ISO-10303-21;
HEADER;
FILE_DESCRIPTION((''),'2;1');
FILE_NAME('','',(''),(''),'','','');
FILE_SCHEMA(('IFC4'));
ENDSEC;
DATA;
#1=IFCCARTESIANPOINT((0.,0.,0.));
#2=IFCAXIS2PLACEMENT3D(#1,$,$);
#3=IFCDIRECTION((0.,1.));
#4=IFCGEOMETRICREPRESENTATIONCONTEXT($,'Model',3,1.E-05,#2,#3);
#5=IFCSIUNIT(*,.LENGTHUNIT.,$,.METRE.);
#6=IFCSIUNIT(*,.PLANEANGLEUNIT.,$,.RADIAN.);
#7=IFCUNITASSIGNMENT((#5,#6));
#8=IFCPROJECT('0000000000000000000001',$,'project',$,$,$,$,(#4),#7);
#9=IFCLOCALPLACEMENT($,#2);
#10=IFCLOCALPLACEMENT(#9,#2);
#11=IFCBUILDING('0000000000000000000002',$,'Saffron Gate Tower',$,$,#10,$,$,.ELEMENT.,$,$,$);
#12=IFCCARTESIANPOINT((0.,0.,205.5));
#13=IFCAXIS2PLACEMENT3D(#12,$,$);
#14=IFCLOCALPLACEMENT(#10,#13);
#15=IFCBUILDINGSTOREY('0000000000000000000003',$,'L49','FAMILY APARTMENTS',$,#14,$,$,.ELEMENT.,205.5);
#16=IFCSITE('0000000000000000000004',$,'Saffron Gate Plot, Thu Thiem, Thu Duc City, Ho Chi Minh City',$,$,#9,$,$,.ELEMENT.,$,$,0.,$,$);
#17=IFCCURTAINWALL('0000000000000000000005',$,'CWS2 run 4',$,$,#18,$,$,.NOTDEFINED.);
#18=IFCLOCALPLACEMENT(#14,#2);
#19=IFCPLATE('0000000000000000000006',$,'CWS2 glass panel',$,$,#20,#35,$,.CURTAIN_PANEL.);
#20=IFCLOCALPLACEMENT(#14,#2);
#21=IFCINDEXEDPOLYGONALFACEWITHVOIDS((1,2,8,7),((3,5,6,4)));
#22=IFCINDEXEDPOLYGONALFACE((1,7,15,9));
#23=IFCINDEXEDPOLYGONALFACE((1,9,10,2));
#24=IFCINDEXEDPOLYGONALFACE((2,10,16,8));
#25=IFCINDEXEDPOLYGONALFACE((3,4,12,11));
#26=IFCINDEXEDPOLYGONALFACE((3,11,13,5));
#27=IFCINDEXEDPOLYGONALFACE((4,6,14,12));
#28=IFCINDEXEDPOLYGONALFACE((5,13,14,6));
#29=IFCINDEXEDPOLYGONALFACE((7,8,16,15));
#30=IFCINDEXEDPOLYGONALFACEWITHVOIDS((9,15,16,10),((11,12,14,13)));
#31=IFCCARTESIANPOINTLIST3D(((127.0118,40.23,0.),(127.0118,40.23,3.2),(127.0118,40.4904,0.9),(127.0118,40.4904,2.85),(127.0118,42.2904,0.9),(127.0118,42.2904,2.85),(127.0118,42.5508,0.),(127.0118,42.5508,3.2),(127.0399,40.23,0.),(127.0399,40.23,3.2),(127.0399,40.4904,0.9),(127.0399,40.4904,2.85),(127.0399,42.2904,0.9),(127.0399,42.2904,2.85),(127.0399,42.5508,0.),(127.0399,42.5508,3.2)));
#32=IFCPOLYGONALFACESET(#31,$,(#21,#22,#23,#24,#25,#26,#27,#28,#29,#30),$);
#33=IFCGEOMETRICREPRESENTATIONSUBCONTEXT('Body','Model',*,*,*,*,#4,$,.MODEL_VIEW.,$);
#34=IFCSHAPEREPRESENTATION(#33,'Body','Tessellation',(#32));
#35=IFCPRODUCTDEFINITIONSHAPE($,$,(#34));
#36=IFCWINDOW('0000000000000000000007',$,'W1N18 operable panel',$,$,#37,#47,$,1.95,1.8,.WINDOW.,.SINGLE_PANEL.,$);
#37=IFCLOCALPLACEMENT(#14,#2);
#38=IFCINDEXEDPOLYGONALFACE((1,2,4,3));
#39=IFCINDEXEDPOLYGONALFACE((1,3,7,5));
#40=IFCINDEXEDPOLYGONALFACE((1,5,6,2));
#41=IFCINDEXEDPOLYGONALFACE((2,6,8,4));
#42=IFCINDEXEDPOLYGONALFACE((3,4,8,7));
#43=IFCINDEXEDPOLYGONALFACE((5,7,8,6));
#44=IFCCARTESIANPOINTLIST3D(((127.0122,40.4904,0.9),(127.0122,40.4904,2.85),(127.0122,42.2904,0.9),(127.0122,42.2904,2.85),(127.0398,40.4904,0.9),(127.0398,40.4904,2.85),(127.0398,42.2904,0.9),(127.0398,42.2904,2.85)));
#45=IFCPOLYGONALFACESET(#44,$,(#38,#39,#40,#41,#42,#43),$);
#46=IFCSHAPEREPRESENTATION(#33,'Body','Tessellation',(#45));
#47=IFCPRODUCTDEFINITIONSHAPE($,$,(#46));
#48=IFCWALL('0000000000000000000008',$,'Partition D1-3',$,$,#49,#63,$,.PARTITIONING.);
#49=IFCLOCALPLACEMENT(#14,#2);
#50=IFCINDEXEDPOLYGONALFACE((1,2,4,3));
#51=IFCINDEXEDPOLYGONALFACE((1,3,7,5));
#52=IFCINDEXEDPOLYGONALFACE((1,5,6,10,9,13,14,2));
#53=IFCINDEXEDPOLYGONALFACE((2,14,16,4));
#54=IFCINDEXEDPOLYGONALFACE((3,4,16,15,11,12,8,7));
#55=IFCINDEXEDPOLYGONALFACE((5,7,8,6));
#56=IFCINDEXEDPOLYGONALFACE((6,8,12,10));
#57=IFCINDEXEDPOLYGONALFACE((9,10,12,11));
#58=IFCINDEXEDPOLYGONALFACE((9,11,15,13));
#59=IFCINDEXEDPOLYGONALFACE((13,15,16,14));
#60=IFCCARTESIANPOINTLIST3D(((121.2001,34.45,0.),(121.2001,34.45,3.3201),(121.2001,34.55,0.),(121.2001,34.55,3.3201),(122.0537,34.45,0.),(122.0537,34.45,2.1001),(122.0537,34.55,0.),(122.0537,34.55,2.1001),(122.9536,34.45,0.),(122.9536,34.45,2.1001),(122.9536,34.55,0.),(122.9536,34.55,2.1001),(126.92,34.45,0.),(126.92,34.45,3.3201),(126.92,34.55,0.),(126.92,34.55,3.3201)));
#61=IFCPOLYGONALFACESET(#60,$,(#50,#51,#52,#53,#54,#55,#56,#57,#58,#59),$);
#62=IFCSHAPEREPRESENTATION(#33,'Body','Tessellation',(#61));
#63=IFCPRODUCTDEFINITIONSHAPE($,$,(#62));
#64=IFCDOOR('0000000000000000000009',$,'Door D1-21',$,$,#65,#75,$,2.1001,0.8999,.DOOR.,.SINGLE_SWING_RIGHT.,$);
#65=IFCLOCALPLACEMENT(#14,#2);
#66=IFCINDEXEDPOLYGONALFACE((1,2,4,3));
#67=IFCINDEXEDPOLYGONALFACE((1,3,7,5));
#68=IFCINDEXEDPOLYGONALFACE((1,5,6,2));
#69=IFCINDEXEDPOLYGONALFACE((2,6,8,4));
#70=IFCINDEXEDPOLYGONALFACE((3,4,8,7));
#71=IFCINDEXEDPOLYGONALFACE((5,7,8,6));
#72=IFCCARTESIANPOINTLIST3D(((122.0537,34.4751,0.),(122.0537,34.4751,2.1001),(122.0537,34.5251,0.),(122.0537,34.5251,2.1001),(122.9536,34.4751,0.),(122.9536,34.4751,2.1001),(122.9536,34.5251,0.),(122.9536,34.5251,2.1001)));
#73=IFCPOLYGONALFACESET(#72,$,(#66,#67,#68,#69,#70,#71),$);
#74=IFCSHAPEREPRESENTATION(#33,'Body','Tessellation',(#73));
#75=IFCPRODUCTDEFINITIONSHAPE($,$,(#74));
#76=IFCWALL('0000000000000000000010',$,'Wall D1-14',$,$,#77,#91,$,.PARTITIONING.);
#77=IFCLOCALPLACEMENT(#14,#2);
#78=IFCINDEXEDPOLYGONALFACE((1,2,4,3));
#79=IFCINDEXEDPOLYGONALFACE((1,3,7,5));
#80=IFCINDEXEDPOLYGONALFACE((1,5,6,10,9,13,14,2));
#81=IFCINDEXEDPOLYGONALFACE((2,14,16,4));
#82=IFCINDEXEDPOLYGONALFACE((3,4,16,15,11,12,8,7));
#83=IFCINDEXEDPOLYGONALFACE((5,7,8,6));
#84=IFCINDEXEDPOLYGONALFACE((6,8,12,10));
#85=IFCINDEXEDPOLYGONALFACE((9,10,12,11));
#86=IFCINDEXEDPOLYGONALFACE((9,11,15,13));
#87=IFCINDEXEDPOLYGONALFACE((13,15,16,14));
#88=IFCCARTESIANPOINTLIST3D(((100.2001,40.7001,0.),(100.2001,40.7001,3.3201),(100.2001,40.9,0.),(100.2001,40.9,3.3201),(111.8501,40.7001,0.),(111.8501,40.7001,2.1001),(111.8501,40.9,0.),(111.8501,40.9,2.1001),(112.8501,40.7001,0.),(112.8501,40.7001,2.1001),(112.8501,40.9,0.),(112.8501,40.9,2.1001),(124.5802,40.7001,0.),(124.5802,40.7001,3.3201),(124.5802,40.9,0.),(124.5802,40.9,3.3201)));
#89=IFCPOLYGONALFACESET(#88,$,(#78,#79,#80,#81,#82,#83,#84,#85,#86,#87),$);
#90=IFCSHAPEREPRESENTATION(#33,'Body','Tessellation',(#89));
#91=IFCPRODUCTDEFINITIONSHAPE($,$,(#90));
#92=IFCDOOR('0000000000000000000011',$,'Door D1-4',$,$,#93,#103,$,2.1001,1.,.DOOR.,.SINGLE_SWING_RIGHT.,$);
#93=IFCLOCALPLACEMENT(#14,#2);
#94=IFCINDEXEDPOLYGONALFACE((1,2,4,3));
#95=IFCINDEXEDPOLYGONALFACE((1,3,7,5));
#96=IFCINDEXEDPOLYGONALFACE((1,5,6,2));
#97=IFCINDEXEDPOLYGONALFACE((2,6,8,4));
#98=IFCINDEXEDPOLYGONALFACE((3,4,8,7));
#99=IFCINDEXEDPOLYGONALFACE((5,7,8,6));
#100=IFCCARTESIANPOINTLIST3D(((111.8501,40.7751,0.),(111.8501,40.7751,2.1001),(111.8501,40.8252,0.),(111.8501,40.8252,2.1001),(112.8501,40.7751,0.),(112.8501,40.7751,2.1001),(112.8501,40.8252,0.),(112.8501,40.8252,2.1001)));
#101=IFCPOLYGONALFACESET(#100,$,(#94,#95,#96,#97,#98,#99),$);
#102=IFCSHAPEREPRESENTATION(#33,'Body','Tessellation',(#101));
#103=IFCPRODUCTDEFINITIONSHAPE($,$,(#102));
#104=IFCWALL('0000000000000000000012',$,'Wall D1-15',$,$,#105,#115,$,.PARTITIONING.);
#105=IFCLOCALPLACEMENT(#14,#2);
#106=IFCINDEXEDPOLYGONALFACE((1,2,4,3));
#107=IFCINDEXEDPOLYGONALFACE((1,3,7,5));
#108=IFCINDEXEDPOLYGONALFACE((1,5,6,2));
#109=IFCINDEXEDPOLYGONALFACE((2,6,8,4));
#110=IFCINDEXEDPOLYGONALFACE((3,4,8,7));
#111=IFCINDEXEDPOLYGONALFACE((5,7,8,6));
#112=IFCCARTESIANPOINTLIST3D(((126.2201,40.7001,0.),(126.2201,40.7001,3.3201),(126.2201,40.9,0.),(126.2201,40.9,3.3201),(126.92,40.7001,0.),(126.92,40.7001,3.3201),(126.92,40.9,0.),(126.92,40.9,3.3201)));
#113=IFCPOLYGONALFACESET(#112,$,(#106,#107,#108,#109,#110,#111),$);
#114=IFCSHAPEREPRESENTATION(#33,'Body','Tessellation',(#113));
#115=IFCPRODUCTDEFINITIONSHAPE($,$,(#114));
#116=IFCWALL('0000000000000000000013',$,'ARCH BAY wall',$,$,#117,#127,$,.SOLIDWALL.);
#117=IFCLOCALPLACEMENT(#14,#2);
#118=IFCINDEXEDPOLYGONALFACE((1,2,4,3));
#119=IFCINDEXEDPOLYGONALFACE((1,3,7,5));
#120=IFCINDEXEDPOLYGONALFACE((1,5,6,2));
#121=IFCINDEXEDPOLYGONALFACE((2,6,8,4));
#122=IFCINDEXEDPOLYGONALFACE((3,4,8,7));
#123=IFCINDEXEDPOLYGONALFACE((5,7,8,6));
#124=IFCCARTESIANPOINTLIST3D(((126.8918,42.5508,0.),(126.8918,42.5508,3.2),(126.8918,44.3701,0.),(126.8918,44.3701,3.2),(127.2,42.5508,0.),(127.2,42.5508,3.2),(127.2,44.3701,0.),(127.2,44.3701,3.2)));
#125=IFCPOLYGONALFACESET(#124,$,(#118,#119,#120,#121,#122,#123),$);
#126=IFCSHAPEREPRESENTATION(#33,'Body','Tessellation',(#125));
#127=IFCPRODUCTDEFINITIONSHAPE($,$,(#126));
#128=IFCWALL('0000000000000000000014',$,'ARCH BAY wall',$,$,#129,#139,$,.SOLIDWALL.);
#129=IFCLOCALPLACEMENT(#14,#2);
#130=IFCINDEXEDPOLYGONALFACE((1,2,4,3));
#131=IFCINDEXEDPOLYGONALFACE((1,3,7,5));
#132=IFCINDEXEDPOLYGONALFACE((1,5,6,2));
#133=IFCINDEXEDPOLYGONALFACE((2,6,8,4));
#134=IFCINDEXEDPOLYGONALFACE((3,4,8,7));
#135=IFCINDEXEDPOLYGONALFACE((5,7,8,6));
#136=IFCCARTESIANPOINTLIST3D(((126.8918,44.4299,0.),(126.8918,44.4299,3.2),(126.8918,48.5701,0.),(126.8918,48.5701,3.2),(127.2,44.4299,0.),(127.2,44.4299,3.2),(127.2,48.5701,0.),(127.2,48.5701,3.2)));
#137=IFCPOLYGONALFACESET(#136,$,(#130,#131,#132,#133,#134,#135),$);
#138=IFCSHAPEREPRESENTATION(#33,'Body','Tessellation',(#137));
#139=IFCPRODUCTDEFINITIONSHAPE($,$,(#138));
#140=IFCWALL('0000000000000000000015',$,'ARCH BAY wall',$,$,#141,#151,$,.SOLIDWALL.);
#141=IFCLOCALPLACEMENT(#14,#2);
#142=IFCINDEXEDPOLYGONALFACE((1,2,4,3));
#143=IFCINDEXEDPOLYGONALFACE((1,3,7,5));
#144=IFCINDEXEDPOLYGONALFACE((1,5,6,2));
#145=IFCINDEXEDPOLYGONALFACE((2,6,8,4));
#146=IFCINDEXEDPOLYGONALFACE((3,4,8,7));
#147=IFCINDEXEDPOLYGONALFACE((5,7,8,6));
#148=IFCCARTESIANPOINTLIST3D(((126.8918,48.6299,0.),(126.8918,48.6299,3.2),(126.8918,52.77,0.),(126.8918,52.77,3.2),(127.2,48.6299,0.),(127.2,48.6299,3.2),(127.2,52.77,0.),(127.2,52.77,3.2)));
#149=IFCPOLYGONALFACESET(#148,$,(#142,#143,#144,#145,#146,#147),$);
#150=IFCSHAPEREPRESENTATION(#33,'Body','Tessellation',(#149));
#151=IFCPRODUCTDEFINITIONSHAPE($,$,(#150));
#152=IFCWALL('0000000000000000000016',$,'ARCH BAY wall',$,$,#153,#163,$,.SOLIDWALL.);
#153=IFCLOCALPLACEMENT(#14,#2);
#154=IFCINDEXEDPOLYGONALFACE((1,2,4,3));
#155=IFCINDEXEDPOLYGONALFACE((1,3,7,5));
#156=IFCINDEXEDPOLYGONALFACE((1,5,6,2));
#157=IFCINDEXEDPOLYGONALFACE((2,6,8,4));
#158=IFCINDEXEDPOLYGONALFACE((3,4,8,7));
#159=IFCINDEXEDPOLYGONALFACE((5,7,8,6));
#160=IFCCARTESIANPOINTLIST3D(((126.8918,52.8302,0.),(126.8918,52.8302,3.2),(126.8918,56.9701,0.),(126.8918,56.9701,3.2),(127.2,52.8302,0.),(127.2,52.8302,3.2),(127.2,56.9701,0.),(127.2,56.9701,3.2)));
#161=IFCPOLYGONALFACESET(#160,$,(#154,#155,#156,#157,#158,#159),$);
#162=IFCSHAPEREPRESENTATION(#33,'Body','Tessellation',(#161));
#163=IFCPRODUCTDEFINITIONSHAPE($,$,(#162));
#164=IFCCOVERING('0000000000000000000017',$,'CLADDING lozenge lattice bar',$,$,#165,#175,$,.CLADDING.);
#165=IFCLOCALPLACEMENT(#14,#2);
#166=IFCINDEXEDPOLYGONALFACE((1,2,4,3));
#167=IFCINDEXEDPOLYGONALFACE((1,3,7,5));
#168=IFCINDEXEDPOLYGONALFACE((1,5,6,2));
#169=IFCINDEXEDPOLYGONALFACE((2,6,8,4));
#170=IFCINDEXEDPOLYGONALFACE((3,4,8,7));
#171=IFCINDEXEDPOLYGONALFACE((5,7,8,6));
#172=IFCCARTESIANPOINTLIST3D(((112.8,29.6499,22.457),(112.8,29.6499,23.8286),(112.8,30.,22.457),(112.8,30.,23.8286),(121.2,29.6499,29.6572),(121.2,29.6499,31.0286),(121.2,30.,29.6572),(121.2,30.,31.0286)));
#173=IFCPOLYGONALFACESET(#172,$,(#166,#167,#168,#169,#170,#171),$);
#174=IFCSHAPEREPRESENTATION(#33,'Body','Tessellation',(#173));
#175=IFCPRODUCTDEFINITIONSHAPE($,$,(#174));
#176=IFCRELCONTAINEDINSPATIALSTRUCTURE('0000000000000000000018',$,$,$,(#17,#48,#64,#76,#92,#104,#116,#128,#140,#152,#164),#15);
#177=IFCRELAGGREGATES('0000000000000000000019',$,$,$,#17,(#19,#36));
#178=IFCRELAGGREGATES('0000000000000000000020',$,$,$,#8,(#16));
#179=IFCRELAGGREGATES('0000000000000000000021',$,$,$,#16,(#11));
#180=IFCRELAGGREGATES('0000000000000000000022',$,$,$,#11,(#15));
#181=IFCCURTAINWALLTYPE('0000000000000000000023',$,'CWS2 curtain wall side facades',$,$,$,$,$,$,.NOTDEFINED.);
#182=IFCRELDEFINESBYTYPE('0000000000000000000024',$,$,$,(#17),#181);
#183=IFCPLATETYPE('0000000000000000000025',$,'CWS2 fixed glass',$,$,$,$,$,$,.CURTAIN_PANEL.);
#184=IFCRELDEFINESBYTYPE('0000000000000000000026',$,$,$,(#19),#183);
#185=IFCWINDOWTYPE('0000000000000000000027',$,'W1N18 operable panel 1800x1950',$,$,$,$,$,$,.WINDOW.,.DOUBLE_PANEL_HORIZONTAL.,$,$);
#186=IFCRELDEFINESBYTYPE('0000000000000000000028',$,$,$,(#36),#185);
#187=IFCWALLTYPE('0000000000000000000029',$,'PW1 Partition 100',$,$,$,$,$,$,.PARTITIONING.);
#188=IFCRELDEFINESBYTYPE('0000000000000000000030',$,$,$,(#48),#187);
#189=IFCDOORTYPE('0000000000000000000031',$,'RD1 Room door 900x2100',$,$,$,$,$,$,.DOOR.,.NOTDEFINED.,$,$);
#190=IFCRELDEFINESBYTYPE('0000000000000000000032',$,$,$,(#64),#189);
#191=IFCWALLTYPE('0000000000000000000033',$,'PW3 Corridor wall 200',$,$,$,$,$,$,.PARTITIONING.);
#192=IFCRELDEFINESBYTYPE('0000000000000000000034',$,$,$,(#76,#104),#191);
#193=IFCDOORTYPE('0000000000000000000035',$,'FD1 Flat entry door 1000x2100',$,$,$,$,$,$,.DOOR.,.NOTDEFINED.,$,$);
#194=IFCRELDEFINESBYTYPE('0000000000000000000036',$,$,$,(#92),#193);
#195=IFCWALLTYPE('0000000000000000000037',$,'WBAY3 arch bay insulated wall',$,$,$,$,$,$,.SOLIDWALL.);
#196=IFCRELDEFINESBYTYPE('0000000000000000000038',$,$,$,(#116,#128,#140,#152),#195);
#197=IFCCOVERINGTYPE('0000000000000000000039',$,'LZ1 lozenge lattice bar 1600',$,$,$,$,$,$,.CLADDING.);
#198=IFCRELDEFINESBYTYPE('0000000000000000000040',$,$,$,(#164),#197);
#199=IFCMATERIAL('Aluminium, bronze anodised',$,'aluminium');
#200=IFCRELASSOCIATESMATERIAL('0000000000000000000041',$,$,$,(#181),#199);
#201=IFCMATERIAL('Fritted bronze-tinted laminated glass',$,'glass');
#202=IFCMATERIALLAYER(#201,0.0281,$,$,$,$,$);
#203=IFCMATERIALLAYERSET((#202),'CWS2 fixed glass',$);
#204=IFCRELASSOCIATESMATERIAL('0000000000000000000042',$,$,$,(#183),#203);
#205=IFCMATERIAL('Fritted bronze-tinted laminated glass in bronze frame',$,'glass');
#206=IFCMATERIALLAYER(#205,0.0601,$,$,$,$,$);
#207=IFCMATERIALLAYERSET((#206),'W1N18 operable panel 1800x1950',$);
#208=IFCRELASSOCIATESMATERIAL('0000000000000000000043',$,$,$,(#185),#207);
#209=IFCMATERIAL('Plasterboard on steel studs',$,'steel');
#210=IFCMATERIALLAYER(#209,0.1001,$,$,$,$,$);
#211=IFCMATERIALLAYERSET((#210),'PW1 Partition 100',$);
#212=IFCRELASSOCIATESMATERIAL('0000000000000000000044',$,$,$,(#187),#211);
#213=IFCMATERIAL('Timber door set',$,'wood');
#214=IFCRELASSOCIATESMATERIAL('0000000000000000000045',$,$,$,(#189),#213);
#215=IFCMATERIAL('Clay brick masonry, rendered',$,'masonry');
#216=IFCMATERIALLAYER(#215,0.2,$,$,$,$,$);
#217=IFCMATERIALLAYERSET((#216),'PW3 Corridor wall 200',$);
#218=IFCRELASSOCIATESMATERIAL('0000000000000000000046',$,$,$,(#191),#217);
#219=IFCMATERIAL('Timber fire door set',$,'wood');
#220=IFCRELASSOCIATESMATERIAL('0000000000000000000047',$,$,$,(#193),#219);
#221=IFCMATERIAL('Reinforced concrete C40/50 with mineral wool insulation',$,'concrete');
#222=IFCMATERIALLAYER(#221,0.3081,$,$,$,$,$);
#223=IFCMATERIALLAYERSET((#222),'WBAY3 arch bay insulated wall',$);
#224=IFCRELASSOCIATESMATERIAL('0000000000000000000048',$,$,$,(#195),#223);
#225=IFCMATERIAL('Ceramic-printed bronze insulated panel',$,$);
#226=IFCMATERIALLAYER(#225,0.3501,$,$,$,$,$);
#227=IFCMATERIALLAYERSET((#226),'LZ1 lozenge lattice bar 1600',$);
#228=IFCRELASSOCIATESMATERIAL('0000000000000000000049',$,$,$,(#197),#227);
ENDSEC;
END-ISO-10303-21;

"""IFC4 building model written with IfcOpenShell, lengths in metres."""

from ifc_helpers import new_model, si_unit, direction, frame, frame_2d, origin, place, context, subcontext, project, spatial, polyline, rectangle, outline, extrude, material, layer, layer_set, type_object, element, fill, aggregate, save


model = new_model("IFC4")

# Units and contexts
model_context = context("Model", 3, precision=1e-05, world=origin(), true_north=direction((0.0, 1.0)))
body_context = subcontext(model_context, "Body", "Model", "MODEL_VIEW")
ifc_project = project(units=[si_unit("LENGTHUNIT", "METRE"), si_unit("PLANEANGLEUNIT", "RADIAN")], contexts=[model_context])

# Site, building, storey
site_placement = place(None, origin())
site = spatial("IfcSite", under=ifc_project, at=site_placement, Name="Saffron Gate Plot, Thu Thiem, Thu Duc City, Ho Chi Minh City", CompositionType="ELEMENT", RefElevation=0.0)
building_placement = place(site_placement, origin())
building = spatial("IfcBuilding", under=site, at=building_placement, Name="Saffron Gate Tower", CompositionType="ELEMENT")
storey_placement = place(building_placement, frame((0.0, 0.0, 205.5)))
storey = spatial("IfcBuildingStorey", under=building, at=storey_placement, Name="L49", Description="FAMILY APARTMENTS", CompositionType="ELEMENT", Elevation=205.5)

# Curtain wall
ifc_material_1 = material(Name="Aluminium, bronze anodised", Category="aluminium")
curtain_wall_type_1 = type_object("IfcCurtainWallType", Name="CWS2 curtain wall side facades", PredefinedType="NOTDEFINED", material=ifc_material_1)
curtain_wall_1_placement = place(storey_placement, origin())
curtain_wall_1 = element("IfcCurtainWall", 1, at=curtain_wall_1_placement, inside=storey, type_object=curtain_wall_type_1, Name="CWS2 run 4", PredefinedType="NOTDEFINED")

# Plate, opening, window
ifc_material_2 = material(Name="Fritted bronze-tinted laminated glass", Category="glass")
ifc_layer_1 = layer(ifc_material_2, 0.0281)
ifc_layer_set_1 = layer_set([ifc_layer_1], Name="CWS2 fixed glass")
plate_type = type_object("IfcPlateType", Name="CWS2 fixed glass", PredefinedType="CURTAIN_PANEL", material=ifc_layer_set_1)
ifc_material_3 = material(Name="Fritted bronze-tinted laminated glass in bronze frame", Category="glass")
plate_1_placement = place(storey_placement, frame((127.0259, 40.23, 0.0), z_axis=(0.0, 0.0, 1.0), x_axis=(0.0, 1.0, 0.0)))
plate_1 = element("IfcPlate", 2, at=plate_1_placement, type_object=plate_type, Name="CWS2 glass panel", PredefinedType="CURTAIN_PANEL", context=body_context, shape_type="SweptSolid", body=[
    extrude(rectangle(XDim=2.3208, YDim=0.0281, at=frame_2d((1.1604, 0.0))), origin(), (0.0, 0.0, 1.0), 3.2),
])
opening_1_placement = place(plate_1_placement, frame((0.2605, 0.0, 0.8999)))
opening_1 = element("IfcOpeningElement", 3, at=opening_1_placement, cuts=plate_1, PredefinedType="OPENING", context=body_context, shape_type="SweptSolid", body=[
    extrude(rectangle(XDim=1.8, YDim=1.95, at=frame_2d((0.8999, 0.9751))), frame((0.0, 0.0239, 0.0), z_axis=(0.0, -1.0, 0.0), x_axis=(1.0, 0.0, 0.0)), (0.0, 0.0, 1.0), 0.0481),
])
ifc_layer_2 = layer(ifc_material_3, 0.0601)
ifc_layer_set_2 = layer_set([ifc_layer_2], Name="W1N18 operable panel 1800x1950")
window_type_1 = type_object("IfcWindowType", Name="W1N18 operable panel 1800x1950", PartitioningType="DOUBLE_PANEL_HORIZONTAL", PredefinedType="WINDOW", material=ifc_layer_set_2)
window_1_placement = place(opening_1_placement, origin())
window_1 = element("IfcWindow", 4, at=window_1_placement, type_object=window_type_1, Name="W1N18 operable panel", OverallHeight=1.95, OverallWidth=1.8, PartitioningType="SINGLE_PANEL", PredefinedType="WINDOW", context=body_context, shape_type="SweptSolid", body=[
    extrude(rectangle(XDim=1.8, YDim=1.95, at=frame_2d((0.8999, 0.9751))), frame((0.0, 0.0137, 0.0), z_axis=(0.0, -1.0, 0.0), x_axis=(1.0, 0.0, 0.0)), (0.0, 0.0, 1.0), 0.0276),
])
fill(opening_1, window_1)
aggregate(curtain_wall_1, [plate_1, window_1])

# Walls, openings, doors
ifc_material_4 = material(Name="Plasterboard on steel studs", Category="steel")
ifc_layer_3 = layer(ifc_material_4, 0.1001)
ifc_layer_set_3 = layer_set([ifc_layer_3], Name="PW1 Partition 100")
wall_type_1 = type_object("IfcWallType", Name="PW1 Partition 100", PredefinedType="PARTITIONING", material=ifc_layer_set_3)
wall_1_placement = place(storey_placement, frame((126.9199, 34.5, 0.0), z_axis=(0.0, 0.0, 1.0), x_axis=(-1.0, 0.0, 0.0)))
wall_1 = element("IfcWall", 5, at=wall_1_placement, inside=storey, type_object=wall_type_1, Name="Partition D1-3", PredefinedType="PARTITIONING", context=body_context, shape_type="SweptSolid", body=[
    extrude(rectangle(XDim=5.72, YDim=0.1001, at=frame_2d((2.8599, 0.0))), origin(), (0.0, 0.0, 1.0), 3.3201),
])
opening_2_placement = place(wall_1_placement, frame((3.9663, 0.0, 0.0)))
opening_2 = element("IfcOpeningElement", 6, at=opening_2_placement, cuts=wall_1, PredefinedType="OPENING", context=body_context, shape_type="SweptSolid", body=[
    extrude(rectangle(XDim=0.8999, YDim=2.1001, at=frame_2d((0.45, 1.05))), frame((0.0, 0.0601, 0.0), z_axis=(0.0, -1.0, 0.0), x_axis=(1.0, 0.0, 0.0)), (0.0, 0.0, 1.0), 0.1201),
])
ifc_material_5 = material(Name="Timber door set", Category="wood")
door_type_1 = type_object("IfcDoorType", Name="RD1 Room door 900x2100", OperationType="NOTDEFINED", PredefinedType="DOOR", material=ifc_material_5)
door_1_placement = place(opening_2_placement, origin())
door_1 = element("IfcDoor", 7, at=door_1_placement, inside=storey, type_object=door_type_1, Name="Door D1-21", OperationType="SINGLE_SWING_RIGHT", OverallHeight=2.1001, OverallWidth=0.8999, PredefinedType="DOOR", context=body_context, shape_type="SweptSolid", body=[
    extrude(rectangle(XDim=0.8999, YDim=2.1001, at=frame_2d((0.45, 1.05))), frame((0.0, 0.0249, 0.0), z_axis=(0.0, -1.0, 0.0), x_axis=(1.0, 0.0, 0.0)), (0.0, 0.0, 1.0), 0.05),
])
fill(opening_2, door_1)
ifc_material_6 = material(Name="Clay brick masonry, rendered", Category="masonry")
ifc_layer_4 = layer(ifc_material_6, 0.2)
ifc_layer_set_4 = layer_set([ifc_layer_4], Name="PW3 Corridor wall 200")
wall_type_2 = type_object("IfcWallType", Name="PW3 Corridor wall 200", PredefinedType="PARTITIONING", material=ifc_layer_set_4)
wall_2_placement = place(storey_placement, frame((124.5801, 40.8, 0.0), z_axis=(0.0, 0.0, 1.0), x_axis=(-1.0, 0.0, 0.0)))
wall_2 = element("IfcWall", 8, at=wall_2_placement, inside=storey, type_object=wall_type_2, Name="Wall D1-14", PredefinedType="PARTITIONING", context=body_context, shape_type="SweptSolid", body=[
    extrude(rectangle(XDim=24.3801, YDim=0.2, at=frame_2d((12.1899, 0.0))), origin(), (0.0, 0.0, 1.0), 3.3201),
])
opening_3_placement = place(wall_2_placement, frame((11.73, 0.0, 0.0)))
opening_3 = element("IfcOpeningElement", 9, at=opening_3_placement, cuts=wall_2, PredefinedType="OPENING", context=body_context, shape_type="SweptSolid", body=[
    extrude(rectangle(XDim=1.0, YDim=2.1001, at=frame_2d((0.5, 1.05))), frame((0.0, 0.1099, 0.0), z_axis=(0.0, -1.0, 0.0), x_axis=(1.0, 0.0, 0.0)), (0.0, 0.0, 1.0), 0.22),
])
ifc_material_7 = material(Name="Timber fire door set", Category="wood")
door_type_2 = type_object("IfcDoorType", Name="FD1 Flat entry door 1000x2100", OperationType="NOTDEFINED", PredefinedType="DOOR", material=ifc_material_7)
door_2_placement = place(opening_3_placement, origin())
door_2 = element("IfcDoor", 10, at=door_2_placement, inside=storey, type_object=door_type_2, Name="Door D1-4", OperationType="SINGLE_SWING_RIGHT", OverallHeight=2.1001, OverallWidth=1.0, PredefinedType="DOOR", context=body_context, shape_type="SweptSolid", body=[
    extrude(rectangle(XDim=1.0, YDim=2.1001, at=frame_2d((0.5, 1.05))), frame((0.0, 0.0249, 0.0), z_axis=(0.0, -1.0, 0.0), x_axis=(1.0, 0.0, 0.0)), (0.0, 0.0, 1.0), 0.05),
])
fill(opening_3, door_2)

# Walls
wall_3_placement = place(storey_placement, frame((126.22, 40.8, 0.0), z_axis=(0.0, 0.0, 1.0), x_axis=(1.0, 0.0, 0.0)))
element("IfcWall", 11, at=wall_3_placement, inside=storey, type_object=wall_type_2, Name="Wall D1-15", PredefinedType="PARTITIONING", context=body_context, shape_type="SweptSolid", body=[
    extrude(rectangle(XDim=0.7, YDim=0.2, at=frame_2d((0.3501, 0.0))), origin(), (0.0, 0.0, 1.0), 3.3201),
])
ifc_material_8 = material(Name="Reinforced concrete C40/50 with mineral wool insulation", Category="concrete")
ifc_layer_5 = layer(ifc_material_8, 0.3081)
ifc_layer_set_5 = layer_set([ifc_layer_5], Name="WBAY3 arch bay insulated wall")
wall_type_3 = type_object("IfcWallType", Name="WBAY3 arch bay insulated wall", PredefinedType="SOLIDWALL", material=ifc_layer_set_5)
wall_4_placement = place(storey_placement, frame((127.0459, 44.3701, 0.0), z_axis=(0.0, 0.0, 1.0), x_axis=(0.0, -1.0, 0.0)))
element("IfcWall", 12, at=wall_4_placement, inside=storey, type_object=wall_type_3, Name="ARCH BAY wall", PredefinedType="SOLIDWALL", context=body_context, shape_type="SweptSolid", body=[
    extrude(rectangle(XDim=1.8193, YDim=0.3081, at=frame_2d((0.9097, 0.0))), origin(), (0.0, 0.0, 1.0), 3.2),
])
for number, where, z_axis, x_axis, name in (
    (13, (127.0459, 48.5701, 0.0), (0.0, 0.0, 1.0), (0.0, -1.0, 0.0), "ARCH BAY wall"),
    (14, (127.0459, 52.77, 0.0), (0.0, 0.0, 1.0), (0.0, -1.0, 0.0), "ARCH BAY wall"),
):
    element("IfcWall", number, at=place(storey_placement, frame(where, z_axis=z_axis, x_axis=x_axis)), inside=storey, type_object=wall_type_3, Name=name, PredefinedType="SOLIDWALL", context=body_context, shape_type="SweptSolid", body=[
        extrude(rectangle(XDim=4.1401, YDim=0.3081, at=frame_2d((2.0701, 0.0))), origin(), (0.0, 0.0, 1.0), 3.2),
    ])
wall_5_placement = place(storey_placement, frame((127.0459, 56.97, 0.0), z_axis=(0.0, 0.0, 1.0), x_axis=(0.0, -1.0, 0.0)))
element("IfcWall", 15, at=wall_5_placement, inside=storey, type_object=wall_type_3, Name="ARCH BAY wall", PredefinedType="SOLIDWALL", context=body_context, shape_type="SweptSolid", body=[
    extrude(rectangle(XDim=4.1399, YDim=0.3081, at=frame_2d((2.0698, 0.0))), origin(), (0.0, 0.0, 1.0), 3.2),
])

# Covering
ifc_material_9 = material(Name="Ceramic-printed bronze insulated panel")
ifc_layer_6 = layer(ifc_material_9, 0.3501)
ifc_layer_set_6 = layer_set([ifc_layer_6], Name="LZ1 lozenge lattice bar 1600")
covering_type = type_object("IfcCoveringType", Name="LZ1 lozenge lattice bar 1600", PredefinedType="CLADDING", material=ifc_layer_set_6)
covering_1_placement = place(storey_placement, frame((112.8, 29.6499, 23.8286), z_axis=(0.0, -1.0, 0.0), x_axis=(0.0, 0.0, -1.0)))
element("IfcCovering", 16, at=covering_1_placement, inside=storey, type_object=covering_type, Name="CLADDING lozenge lattice bar", PredefinedType="CLADDING", context=body_context, shape_type="SweptSolid", body=[
    extrude(outline(polyline([(0.0, 0.0), (1.3716, 0.0), (-5.8286, 8.3999), (-7.2, 8.3999), (0.0, 0.0)])), origin(), (0.0, 0.0, -1.0), 0.3501),
])

save(model, "model.ifc")
